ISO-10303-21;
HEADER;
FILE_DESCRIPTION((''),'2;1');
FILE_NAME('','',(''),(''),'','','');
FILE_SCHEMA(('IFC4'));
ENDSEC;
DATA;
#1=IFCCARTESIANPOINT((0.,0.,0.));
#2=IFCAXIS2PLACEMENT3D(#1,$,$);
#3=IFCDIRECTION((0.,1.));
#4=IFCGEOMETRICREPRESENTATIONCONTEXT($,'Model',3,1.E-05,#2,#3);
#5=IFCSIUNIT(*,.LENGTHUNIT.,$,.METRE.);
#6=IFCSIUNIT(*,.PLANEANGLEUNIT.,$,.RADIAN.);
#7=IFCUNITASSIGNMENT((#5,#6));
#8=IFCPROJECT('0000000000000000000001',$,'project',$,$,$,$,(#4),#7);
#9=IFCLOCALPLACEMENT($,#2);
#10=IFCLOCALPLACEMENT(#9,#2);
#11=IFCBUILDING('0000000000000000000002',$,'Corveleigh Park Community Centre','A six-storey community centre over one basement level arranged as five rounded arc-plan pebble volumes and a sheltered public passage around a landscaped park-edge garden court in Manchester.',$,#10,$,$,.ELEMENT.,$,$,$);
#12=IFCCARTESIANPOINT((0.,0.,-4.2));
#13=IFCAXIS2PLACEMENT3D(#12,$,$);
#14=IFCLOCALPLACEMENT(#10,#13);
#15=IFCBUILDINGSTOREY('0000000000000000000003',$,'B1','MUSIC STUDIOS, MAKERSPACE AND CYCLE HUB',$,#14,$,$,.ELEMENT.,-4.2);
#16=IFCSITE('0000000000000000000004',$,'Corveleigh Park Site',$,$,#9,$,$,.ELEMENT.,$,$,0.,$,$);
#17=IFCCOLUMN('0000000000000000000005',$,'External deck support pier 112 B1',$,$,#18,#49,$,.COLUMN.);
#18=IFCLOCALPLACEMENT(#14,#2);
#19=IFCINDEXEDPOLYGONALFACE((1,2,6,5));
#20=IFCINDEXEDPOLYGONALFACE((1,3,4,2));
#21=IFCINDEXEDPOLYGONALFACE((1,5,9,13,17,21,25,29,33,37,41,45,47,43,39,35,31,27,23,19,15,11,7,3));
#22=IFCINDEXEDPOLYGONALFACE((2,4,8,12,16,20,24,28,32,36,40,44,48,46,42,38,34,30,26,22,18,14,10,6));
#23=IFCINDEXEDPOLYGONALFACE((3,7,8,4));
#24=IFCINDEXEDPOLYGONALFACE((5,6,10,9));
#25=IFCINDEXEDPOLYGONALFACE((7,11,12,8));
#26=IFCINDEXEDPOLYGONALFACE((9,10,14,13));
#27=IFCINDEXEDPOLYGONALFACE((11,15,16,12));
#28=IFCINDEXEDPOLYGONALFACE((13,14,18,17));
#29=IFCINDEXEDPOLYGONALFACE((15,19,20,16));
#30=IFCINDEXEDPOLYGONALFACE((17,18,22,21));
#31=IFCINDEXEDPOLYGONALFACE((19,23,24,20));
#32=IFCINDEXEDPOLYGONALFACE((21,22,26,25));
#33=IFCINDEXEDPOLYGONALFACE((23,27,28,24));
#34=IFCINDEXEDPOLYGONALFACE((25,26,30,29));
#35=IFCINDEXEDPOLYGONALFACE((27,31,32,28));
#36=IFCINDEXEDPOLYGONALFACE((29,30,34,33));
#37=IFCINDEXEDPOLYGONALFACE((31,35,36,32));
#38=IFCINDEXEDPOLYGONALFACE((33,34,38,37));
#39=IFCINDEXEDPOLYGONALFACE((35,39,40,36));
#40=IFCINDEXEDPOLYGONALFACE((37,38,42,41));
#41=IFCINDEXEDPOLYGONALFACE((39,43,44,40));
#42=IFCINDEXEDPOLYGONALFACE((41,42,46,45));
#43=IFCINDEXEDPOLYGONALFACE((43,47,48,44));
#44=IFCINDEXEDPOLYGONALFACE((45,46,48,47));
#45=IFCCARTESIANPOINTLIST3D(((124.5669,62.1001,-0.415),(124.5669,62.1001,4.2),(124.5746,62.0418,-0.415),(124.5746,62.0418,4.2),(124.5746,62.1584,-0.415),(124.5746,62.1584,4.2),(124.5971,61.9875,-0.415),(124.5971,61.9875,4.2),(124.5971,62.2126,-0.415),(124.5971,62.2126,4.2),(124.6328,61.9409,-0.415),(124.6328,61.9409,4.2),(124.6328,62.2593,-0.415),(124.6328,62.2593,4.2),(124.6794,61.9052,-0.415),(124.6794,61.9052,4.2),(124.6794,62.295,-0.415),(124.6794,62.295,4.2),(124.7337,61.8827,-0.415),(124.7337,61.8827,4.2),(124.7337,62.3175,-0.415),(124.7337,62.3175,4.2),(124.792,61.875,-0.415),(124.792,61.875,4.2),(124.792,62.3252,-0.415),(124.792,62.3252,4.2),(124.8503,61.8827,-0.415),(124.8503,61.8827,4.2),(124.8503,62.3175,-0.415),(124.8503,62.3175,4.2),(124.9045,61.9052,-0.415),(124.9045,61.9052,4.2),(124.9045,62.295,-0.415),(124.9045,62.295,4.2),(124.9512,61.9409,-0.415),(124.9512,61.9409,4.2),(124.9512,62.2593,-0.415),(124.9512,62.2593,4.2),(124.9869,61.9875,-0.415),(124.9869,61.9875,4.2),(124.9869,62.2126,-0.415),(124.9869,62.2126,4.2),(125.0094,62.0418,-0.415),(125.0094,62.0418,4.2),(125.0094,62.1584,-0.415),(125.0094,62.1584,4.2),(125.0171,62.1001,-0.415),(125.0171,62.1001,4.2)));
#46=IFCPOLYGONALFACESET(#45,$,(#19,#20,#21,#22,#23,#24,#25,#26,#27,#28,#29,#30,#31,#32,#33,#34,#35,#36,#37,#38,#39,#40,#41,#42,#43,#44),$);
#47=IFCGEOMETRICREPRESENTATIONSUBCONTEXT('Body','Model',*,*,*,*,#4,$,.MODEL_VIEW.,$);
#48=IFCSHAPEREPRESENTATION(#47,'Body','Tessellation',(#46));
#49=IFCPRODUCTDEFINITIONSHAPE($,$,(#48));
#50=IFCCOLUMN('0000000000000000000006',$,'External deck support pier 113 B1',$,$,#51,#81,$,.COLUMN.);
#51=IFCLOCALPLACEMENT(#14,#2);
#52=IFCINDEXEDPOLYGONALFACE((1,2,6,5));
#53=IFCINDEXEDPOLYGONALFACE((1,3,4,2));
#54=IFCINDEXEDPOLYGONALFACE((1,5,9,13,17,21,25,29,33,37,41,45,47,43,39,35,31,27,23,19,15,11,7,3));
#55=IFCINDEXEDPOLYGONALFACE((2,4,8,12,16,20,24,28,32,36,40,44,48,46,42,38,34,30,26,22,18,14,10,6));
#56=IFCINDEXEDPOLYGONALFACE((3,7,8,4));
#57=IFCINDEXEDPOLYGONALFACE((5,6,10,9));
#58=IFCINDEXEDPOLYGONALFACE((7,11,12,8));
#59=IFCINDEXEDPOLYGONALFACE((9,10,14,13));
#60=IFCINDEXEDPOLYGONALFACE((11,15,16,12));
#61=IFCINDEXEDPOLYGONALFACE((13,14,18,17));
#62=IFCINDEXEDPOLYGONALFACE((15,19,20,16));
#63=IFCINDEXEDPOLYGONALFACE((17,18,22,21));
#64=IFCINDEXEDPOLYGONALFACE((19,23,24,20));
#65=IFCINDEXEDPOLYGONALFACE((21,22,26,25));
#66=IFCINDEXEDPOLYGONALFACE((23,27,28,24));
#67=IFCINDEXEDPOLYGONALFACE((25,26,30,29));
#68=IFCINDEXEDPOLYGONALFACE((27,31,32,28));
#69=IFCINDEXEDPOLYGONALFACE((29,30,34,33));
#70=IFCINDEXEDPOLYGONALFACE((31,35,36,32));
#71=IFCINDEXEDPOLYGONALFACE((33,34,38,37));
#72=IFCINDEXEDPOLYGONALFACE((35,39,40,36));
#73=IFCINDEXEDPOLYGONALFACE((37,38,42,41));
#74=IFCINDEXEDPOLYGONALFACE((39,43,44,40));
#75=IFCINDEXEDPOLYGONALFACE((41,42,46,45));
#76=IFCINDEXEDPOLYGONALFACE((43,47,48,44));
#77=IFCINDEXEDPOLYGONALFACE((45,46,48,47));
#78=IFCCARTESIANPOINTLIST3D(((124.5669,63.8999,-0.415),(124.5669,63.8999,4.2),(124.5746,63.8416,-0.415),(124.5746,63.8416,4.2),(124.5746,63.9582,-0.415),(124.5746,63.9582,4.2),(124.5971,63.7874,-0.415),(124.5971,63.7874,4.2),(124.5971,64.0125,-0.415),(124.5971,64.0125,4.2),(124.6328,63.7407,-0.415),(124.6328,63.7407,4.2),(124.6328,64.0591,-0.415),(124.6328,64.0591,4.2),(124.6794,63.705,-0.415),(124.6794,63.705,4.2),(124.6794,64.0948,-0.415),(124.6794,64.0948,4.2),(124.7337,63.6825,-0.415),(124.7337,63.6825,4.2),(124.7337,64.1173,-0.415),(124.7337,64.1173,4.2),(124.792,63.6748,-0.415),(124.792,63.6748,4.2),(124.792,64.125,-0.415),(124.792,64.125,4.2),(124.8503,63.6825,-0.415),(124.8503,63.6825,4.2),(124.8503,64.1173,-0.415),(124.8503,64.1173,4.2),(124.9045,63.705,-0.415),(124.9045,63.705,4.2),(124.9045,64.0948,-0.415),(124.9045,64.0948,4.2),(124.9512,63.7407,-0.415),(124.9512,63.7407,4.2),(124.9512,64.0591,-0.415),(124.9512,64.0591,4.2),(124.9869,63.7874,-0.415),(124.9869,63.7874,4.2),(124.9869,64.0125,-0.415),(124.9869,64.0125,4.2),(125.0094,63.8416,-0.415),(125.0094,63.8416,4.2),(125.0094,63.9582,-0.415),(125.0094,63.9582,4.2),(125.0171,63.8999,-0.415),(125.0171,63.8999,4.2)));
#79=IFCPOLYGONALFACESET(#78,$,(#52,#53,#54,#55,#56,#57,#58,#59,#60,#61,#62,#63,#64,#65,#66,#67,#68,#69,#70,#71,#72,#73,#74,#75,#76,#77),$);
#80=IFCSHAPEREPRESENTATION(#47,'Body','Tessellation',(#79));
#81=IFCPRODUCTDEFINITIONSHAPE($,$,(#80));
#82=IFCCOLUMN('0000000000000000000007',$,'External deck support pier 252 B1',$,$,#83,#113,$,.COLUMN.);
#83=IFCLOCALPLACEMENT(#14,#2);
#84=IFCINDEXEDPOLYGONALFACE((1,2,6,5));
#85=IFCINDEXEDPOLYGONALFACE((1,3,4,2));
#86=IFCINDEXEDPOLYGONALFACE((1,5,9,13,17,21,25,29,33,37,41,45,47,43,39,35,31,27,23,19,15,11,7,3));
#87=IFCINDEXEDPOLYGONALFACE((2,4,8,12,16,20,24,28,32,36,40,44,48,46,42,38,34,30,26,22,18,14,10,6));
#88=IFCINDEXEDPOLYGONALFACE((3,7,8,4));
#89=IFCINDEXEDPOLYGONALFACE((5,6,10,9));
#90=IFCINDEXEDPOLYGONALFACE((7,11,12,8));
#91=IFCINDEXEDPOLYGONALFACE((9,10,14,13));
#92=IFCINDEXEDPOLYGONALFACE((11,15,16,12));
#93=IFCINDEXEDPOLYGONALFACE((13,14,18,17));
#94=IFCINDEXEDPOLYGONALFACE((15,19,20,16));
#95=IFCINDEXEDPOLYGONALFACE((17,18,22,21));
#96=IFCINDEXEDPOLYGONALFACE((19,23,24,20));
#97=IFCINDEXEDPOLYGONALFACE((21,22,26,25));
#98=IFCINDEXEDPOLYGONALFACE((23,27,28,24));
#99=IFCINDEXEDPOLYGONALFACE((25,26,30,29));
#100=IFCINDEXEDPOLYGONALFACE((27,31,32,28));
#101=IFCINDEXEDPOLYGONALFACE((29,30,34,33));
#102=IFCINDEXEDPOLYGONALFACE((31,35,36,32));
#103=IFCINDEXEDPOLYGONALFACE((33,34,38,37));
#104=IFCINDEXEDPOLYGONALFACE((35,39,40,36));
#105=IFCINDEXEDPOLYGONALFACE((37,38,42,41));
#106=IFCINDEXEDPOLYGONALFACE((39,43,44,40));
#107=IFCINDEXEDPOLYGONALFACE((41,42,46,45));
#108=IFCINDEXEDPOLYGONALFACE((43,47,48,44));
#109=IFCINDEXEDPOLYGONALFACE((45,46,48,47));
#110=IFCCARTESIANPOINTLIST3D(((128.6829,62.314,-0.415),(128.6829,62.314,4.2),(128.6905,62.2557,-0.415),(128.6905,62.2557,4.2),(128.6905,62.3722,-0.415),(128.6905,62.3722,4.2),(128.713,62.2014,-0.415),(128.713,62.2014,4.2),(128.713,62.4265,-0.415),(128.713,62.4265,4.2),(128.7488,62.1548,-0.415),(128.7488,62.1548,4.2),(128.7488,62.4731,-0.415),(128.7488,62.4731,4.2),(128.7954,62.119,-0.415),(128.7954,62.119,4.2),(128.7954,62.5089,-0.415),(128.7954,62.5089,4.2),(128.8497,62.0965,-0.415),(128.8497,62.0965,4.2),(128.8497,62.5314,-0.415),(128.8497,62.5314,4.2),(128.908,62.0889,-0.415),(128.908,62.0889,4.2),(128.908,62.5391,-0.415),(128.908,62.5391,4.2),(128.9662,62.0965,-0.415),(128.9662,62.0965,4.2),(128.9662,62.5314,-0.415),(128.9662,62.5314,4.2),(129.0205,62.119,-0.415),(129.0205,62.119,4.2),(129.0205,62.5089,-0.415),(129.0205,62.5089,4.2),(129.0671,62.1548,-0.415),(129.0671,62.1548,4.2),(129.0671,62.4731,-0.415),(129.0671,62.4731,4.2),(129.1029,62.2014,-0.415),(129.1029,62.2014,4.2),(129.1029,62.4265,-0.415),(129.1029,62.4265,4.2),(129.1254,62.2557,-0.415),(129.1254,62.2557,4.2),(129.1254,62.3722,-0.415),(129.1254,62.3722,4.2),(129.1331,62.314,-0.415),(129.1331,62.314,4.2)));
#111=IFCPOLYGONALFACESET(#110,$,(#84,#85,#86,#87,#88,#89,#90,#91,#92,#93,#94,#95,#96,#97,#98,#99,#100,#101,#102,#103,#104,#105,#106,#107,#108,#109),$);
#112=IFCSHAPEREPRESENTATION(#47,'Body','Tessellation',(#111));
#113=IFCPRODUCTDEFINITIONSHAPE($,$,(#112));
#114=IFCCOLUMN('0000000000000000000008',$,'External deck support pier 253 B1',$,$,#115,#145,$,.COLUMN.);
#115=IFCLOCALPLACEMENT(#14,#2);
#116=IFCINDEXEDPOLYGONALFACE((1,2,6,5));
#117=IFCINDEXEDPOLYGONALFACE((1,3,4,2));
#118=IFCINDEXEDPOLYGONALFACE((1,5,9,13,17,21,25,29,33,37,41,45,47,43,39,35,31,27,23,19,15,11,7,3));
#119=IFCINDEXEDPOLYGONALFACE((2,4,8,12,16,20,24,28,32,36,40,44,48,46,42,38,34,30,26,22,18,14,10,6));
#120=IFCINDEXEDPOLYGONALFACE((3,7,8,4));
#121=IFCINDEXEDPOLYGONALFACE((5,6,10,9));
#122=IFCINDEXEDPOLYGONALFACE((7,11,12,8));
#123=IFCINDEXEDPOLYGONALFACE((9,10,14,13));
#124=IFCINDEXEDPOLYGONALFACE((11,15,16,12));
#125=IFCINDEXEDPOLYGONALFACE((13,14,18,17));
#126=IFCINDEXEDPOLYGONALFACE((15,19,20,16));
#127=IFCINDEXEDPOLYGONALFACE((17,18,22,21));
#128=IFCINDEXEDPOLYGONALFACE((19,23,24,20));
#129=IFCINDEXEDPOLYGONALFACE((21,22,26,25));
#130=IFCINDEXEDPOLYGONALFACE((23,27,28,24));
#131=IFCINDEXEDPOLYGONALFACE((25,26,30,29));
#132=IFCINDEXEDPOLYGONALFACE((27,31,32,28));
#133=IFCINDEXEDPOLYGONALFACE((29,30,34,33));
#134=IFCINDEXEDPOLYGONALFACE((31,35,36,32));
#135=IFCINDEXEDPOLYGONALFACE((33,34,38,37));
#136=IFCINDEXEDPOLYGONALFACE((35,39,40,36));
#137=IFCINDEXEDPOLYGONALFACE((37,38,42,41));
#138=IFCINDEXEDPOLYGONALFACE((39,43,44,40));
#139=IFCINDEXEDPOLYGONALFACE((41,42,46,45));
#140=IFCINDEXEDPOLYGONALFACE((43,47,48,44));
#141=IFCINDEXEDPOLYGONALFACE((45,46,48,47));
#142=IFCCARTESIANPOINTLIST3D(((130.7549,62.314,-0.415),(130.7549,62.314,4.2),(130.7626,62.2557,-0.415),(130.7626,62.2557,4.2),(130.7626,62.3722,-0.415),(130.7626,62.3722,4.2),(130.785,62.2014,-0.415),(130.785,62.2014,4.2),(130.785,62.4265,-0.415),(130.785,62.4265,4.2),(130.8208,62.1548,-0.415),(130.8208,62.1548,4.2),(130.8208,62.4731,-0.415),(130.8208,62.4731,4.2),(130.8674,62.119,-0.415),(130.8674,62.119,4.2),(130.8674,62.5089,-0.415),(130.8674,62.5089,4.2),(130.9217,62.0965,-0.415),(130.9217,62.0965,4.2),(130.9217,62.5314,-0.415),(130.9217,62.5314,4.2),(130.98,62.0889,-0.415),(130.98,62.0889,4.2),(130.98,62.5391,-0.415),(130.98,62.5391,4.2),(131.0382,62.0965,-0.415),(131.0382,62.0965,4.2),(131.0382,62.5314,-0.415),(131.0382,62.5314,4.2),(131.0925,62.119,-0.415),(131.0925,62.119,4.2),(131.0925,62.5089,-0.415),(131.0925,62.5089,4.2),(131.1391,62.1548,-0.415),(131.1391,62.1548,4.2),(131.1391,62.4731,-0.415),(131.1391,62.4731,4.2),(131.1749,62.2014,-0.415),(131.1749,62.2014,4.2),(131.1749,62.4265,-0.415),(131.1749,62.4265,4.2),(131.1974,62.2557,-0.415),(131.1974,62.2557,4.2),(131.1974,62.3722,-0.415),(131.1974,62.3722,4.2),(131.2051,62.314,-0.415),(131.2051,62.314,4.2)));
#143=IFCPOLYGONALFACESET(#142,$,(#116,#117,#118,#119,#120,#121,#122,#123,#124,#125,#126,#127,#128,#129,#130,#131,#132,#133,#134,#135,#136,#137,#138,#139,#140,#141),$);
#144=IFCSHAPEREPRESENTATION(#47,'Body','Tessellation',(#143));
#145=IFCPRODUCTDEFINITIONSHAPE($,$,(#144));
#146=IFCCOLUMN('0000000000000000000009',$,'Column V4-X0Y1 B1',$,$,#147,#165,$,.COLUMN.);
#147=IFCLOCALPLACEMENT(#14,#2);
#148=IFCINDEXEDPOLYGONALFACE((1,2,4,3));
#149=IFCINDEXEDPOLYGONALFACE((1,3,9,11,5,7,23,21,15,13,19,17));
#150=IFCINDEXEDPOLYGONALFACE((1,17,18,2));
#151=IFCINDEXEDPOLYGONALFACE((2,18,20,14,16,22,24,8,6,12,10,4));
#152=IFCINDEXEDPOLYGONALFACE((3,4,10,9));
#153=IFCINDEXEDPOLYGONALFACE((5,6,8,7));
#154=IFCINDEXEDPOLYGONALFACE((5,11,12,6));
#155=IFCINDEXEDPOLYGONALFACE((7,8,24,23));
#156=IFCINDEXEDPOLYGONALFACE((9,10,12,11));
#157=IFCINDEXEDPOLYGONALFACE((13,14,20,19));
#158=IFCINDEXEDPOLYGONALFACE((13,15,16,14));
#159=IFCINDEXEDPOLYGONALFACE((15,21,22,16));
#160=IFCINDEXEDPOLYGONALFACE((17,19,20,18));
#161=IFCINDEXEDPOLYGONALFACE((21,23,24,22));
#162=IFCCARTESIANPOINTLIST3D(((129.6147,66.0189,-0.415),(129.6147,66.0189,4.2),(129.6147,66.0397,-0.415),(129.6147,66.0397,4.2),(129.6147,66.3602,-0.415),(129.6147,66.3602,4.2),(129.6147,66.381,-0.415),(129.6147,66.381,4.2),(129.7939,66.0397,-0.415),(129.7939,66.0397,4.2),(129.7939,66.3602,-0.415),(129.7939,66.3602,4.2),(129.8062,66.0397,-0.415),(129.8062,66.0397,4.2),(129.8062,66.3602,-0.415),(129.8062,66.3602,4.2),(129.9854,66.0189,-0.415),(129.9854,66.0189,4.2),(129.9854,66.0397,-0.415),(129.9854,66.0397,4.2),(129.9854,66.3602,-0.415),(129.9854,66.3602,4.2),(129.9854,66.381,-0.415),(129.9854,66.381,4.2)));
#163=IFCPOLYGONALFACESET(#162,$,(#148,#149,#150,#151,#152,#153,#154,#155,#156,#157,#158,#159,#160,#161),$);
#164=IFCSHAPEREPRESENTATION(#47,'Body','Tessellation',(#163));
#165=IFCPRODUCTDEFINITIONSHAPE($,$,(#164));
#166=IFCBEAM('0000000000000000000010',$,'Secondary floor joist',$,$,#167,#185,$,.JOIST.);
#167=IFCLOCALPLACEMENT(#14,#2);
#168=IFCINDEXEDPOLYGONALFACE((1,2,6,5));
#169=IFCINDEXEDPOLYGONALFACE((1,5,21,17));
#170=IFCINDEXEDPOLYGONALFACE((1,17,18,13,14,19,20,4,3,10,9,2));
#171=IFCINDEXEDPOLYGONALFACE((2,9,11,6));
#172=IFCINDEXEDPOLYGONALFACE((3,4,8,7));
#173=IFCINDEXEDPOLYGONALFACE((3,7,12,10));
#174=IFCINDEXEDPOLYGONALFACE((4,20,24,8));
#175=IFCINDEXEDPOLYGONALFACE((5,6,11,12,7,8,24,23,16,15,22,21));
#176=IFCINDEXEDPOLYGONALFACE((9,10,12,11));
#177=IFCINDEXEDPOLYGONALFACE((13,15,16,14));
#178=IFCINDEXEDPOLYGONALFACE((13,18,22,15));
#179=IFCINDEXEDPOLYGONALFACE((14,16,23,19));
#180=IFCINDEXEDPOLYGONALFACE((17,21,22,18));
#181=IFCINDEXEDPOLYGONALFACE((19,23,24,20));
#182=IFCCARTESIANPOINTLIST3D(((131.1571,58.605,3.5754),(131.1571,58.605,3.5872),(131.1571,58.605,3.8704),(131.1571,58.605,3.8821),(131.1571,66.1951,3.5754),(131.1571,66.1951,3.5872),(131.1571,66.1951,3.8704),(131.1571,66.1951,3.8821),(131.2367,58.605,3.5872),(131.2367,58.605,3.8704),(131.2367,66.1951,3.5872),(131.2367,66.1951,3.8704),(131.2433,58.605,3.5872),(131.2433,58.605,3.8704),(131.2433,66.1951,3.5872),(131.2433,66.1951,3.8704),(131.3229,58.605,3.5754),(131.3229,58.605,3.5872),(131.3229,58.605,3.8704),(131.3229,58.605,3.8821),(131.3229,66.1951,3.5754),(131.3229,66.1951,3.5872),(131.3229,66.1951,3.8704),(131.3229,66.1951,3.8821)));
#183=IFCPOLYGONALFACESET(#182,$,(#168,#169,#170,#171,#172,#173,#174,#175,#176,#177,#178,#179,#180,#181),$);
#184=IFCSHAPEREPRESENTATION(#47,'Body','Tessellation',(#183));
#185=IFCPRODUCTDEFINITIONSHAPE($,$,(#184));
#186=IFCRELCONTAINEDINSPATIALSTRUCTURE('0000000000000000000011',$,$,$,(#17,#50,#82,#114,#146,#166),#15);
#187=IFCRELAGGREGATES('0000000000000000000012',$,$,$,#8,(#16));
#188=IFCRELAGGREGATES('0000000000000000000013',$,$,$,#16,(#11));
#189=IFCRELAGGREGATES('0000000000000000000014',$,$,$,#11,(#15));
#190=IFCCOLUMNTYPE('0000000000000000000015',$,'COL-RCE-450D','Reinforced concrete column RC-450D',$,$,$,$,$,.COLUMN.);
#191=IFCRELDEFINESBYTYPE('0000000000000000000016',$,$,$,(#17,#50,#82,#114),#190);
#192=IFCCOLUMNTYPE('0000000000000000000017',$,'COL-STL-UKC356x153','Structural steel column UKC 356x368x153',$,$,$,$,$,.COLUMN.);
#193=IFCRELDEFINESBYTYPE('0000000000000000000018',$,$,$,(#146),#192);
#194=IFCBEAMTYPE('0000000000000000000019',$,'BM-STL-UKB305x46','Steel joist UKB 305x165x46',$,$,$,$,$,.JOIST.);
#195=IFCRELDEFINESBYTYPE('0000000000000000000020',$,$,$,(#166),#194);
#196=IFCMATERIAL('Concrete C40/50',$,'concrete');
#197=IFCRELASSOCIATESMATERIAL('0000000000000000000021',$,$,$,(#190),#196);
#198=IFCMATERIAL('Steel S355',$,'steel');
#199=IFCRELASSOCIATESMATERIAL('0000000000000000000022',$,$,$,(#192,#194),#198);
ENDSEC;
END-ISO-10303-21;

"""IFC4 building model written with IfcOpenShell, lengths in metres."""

from ifc_helpers import new_model, si_unit, direction, frame, origin, origin_2d, place, context, subcontext, project, spatial, circle, i_section, extrude, material, material_profile, profile_set, type_object, element, save


model = new_model("IFC4")

# Units and contexts
model_context = context("Model", 3, precision=1e-05, world=origin(), true_north=direction((0.0, 1.0)))
body_context = subcontext(model_context, "Body", "Model", "MODEL_VIEW")
ifc_project = project(units=[si_unit("LENGTHUNIT", "METRE"), si_unit("PLANEANGLEUNIT", "RADIAN")], contexts=[model_context])

# Site, building, storey
site_placement = place(None, origin())
site = spatial("IfcSite", under=ifc_project, at=site_placement, Name="Corveleigh Park Site", CompositionType="ELEMENT", RefElevation=0.0)
building_placement = place(site_placement, origin())
building = spatial("IfcBuilding", under=site, at=building_placement, Name="Corveleigh Park Community Centre", Description="A six-storey community centre over one basement level arranged as five rounded arc-plan pebble volumes and a sheltered public passage around a landscaped park-edge garden court in Manchester.", CompositionType="ELEMENT")
storey_placement = place(building_placement, frame((0.0, 0.0, -4.2)))
storey = spatial("IfcBuildingStorey", under=building, at=storey_placement, Name="B1", Description="MUSIC STUDIOS, MAKERSPACE AND CYCLE HUB", CompositionType="ELEMENT", Elevation=-4.2)

# Shared definitions
ifc_material_1 = material(Name="Concrete C40/50", Category="concrete")

# Columns
ifc_material_profile_1 = material_profile(ifc_material_1, circle(Radius=0.2251, at=origin_2d()), Name="RC-450D", Category="concrete")
ifc_profile_set_1 = profile_set([ifc_material_profile_1], Name="Concrete C40/50")
column_type_1 = type_object("IfcColumnType", Name="COL-RCE-450D", Description="Reinforced concrete column RC-450D", PredefinedType="COLUMN", material=ifc_profile_set_1)
for number, where, z_axis, x_axis, name in (
    (1, (124.792, 62.1001, -0.415), (0.0, 0.0, 1.0), (1.0, 0.0, 0.0), "External deck support pier 112 B1"),
    (2, (124.792, 63.8999, -0.415), (0.0, 0.0, 1.0), (1.0, 0.0, 0.0), "External deck support pier 113 B1"),
    (3, (128.908, 62.314, -0.415), (0.0, 0.0, 1.0), (1.0, 0.0, 0.0), "External deck support pier 252 B1"),
    (4, (130.98, 62.314, -0.415), (0.0, 0.0, 1.0), (1.0, 0.0, 0.0), "External deck support pier 253 B1"),
):
    element("IfcColumn", number, at=place(storey_placement, frame(where, z_axis=z_axis, x_axis=x_axis)), inside=storey, type_object=column_type_1, Name=name, PredefinedType="COLUMN", context=body_context, shape_type="SweptSolid", body=[
        extrude(circle(Radius=0.2251, at=origin_2d()), origin(), (0.0, 0.0, 1.0), 4.615),
    ])
ifc_material_2 = material(Name="Steel S355", Category="steel")
ifc_material_profile_2 = material_profile(ifc_material_2, i_section(OverallWidth=0.3706, OverallDepth=0.3621, WebThickness=0.0122, FlangeThickness=0.0208, at=origin_2d()), Name="UKC 356x368x153", Category="steel")
ifc_profile_set_2 = profile_set([ifc_material_profile_2], Name="Steel S355")
column_type_2 = type_object("IfcColumnType", Name="COL-STL-UKC356x153", Description="Structural steel column UKC 356x368x153", PredefinedType="COLUMN", material=ifc_profile_set_2)
column_1_placement = place(storey_placement, frame((129.8, 66.2, -0.415), z_axis=(0.0, 0.0, 1.0), x_axis=(1.0, 0.0, 0.0)))
element("IfcColumn", 5, at=column_1_placement, inside=storey, type_object=column_type_2, Name="Column V4-X0Y1 B1", PredefinedType="COLUMN", context=body_context, shape_type="SweptSolid", body=[
    extrude(i_section(OverallWidth=0.3706, OverallDepth=0.3621, WebThickness=0.0122, FlangeThickness=0.0208, at=origin_2d()), origin(), (0.0, 0.0, 1.0), 4.615),
])

# Beam
ifc_material_profile_3 = material_profile(ifc_material_2, i_section(OverallWidth=0.1658, OverallDepth=0.3066, WebThickness=0.0066, FlangeThickness=0.0117, at=origin_2d()), Name="UKB 305x165x46", Category="steel")
ifc_profile_set_3 = profile_set([ifc_material_profile_3], Name="Steel S355")
beam_type_1 = type_object("IfcBeamType", Name="BM-STL-UKB305x46", Description="Steel joist UKB 305x165x46", PredefinedType="JOIST", material=ifc_profile_set_3)
beam_1_placement = place(storey_placement, frame((131.24, 58.605, 3.7288), z_axis=(0.0, 1.0, 0.0), x_axis=(-1.0, 0.0, 0.0)))
element("IfcBeam", 6, at=beam_1_placement, inside=storey, type_object=beam_type_1, Name="Secondary floor joist", PredefinedType="JOIST", context=body_context, shape_type="SweptSolid", body=[
    extrude(i_section(OverallWidth=0.1658, OverallDepth=0.3066, WebThickness=0.0066, FlangeThickness=0.0117, at=origin_2d()), origin(), (0.0, 0.0, 1.0), 7.5901),
])

save(model, "model.ifc")
